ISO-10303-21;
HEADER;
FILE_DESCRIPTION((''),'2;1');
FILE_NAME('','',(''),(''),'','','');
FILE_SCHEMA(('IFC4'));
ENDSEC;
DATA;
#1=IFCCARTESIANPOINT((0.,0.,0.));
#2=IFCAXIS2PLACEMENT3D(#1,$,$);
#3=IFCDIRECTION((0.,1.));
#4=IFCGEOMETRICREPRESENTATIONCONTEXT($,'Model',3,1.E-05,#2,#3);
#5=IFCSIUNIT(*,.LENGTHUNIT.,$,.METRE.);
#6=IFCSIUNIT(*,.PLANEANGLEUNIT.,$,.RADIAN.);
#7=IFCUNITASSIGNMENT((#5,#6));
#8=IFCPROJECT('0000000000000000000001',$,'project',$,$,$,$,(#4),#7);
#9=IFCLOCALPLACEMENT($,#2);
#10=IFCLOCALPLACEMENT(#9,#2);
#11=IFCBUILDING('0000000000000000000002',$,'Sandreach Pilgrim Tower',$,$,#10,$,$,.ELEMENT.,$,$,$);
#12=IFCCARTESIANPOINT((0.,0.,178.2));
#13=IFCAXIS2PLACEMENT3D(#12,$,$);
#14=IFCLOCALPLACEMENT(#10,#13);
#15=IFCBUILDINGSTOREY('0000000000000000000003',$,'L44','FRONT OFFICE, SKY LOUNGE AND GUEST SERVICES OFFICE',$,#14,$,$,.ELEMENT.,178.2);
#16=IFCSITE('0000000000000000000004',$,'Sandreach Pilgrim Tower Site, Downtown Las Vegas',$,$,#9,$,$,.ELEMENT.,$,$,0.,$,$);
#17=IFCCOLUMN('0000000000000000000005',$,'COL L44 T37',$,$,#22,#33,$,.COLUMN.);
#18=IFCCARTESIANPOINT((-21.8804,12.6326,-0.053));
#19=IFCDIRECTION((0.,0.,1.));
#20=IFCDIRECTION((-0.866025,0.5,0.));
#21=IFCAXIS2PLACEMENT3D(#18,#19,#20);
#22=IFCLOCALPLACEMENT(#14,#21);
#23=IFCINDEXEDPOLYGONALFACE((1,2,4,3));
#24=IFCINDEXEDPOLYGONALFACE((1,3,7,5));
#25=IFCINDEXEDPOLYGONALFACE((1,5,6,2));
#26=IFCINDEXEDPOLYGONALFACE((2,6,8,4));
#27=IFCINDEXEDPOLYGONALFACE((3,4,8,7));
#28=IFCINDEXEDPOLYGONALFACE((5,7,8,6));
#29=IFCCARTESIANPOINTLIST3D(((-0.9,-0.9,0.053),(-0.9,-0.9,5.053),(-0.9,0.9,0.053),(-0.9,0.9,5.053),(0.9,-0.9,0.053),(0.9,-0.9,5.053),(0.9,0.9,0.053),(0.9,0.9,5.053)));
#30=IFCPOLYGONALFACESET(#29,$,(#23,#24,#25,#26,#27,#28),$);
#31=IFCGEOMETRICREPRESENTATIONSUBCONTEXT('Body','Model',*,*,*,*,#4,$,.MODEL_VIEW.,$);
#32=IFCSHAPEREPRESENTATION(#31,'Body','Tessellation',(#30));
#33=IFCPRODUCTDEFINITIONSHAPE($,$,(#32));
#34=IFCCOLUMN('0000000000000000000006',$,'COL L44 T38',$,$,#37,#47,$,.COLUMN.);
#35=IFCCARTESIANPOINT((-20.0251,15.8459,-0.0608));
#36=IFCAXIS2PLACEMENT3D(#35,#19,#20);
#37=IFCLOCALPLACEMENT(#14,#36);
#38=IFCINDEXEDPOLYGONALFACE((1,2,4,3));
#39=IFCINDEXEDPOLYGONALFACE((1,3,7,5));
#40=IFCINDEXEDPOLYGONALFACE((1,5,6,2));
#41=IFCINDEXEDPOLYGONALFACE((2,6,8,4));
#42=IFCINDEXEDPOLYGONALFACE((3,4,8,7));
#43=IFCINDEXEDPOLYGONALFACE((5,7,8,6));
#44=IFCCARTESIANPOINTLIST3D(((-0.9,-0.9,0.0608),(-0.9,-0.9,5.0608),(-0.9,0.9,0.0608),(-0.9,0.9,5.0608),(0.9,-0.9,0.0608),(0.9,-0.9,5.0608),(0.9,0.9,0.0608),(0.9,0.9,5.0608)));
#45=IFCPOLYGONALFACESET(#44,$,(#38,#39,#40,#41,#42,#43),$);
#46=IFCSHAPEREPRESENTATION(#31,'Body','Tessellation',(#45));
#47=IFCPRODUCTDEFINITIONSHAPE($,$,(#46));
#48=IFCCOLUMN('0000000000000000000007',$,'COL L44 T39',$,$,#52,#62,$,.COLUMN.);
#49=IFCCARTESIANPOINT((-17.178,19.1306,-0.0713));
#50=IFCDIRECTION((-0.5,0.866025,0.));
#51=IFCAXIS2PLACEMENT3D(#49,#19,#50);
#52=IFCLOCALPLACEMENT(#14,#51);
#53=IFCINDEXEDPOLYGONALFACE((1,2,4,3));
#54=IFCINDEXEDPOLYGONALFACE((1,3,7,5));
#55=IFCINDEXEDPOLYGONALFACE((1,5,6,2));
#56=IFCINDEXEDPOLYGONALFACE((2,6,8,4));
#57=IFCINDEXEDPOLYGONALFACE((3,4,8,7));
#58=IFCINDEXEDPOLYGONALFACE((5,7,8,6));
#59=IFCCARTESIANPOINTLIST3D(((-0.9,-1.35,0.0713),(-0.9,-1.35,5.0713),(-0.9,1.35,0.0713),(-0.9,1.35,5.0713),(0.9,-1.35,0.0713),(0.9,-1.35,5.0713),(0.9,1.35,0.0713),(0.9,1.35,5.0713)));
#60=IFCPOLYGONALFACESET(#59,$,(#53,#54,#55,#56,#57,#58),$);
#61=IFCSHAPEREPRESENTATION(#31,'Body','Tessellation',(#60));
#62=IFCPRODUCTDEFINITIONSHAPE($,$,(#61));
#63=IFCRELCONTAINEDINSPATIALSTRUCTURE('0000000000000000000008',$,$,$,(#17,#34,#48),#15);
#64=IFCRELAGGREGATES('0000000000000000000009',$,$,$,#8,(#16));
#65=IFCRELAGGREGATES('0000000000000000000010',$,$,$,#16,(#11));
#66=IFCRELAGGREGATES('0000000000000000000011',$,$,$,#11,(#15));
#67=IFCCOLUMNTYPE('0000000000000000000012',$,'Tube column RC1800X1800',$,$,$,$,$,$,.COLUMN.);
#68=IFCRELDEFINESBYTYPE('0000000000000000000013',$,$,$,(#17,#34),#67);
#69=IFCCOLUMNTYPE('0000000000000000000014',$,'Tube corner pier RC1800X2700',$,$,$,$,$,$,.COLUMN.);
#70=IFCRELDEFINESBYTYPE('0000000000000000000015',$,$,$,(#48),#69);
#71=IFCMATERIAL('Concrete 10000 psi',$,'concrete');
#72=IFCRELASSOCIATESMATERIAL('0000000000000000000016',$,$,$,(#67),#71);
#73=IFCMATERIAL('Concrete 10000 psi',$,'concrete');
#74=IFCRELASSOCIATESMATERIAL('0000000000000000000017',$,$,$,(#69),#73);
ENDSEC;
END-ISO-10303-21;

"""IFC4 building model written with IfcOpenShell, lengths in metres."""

from ifc_helpers import new_model, si_unit, direction, frame, origin, origin_2d, place, context, subcontext, project, spatial, rectangle, extrude, clip, halfspace, material, material_profile, profile_set, type_object, element, save


model = new_model("IFC4")

# Units and contexts
model_context = context("Model", 3, precision=1e-05, world=origin(), true_north=direction((0.0, 1.0)))
body_context = subcontext(model_context, "Body", "Model", "MODEL_VIEW")
ifc_project = project(units=[si_unit("LENGTHUNIT", "METRE"), si_unit("PLANEANGLEUNIT", "RADIAN")], contexts=[model_context])

# Site, building, storey
site_placement = place(None, origin())
site = spatial("IfcSite", under=ifc_project, at=site_placement, Name="Sandreach Pilgrim Tower Site, Downtown Las Vegas", CompositionType="ELEMENT", RefElevation=0.0)
building_placement = place(site_placement, origin())
building = spatial("IfcBuilding", under=site, at=building_placement, Name="Sandreach Pilgrim Tower", CompositionType="ELEMENT")
storey_placement = place(building_placement, frame((0.0, 0.0, 178.2)))
storey = spatial("IfcBuildingStorey", under=building, at=storey_placement, Name="L44", Description="FRONT OFFICE, SKY LOUNGE AND GUEST SERVICES OFFICE", CompositionType="ELEMENT", Elevation=178.2)

# Columns
ifc_material_1 = material(Name="Concrete 10000 psi", Category="concrete")
ifc_material_profile_1 = material_profile(ifc_material_1, rectangle(XDim=1.8, YDim=1.8, at=origin_2d()), Name="RC1800X1800")
ifc_profile_set_1 = profile_set([ifc_material_profile_1], Name="Concrete 10000 psi")
column_type_1 = type_object("IfcColumnType", Name="Tube column RC1800X1800", PredefinedType="COLUMN", material=ifc_profile_set_1)
column_1_placement = place(storey_placement, frame((-21.8804, 12.6326, -0.053), z_axis=(0.0, 0.0, 1.0), x_axis=(-0.866025, 0.5, 0.0)))
element("IfcColumn", 1, at=column_1_placement, inside=storey, type_object=column_type_1, Name="COL L44 T37", PredefinedType="COLUMN", context=body_context, shape_type="SweptSolid", body=[
    clip(extrude(rectangle(XDim=1.8, YDim=1.8, at=origin_2d()), origin(), (0.0, 0.0, 1.0), 5.053), halfspace(frame((0.0, 0.0, 0.053)), True)),
])
column_2_placement = place(storey_placement, frame((-20.0251, 15.8459, -0.0608), z_axis=(0.0, 0.0, 1.0), x_axis=(-0.866025, 0.5, 0.0)))
element("IfcColumn", 2, at=column_2_placement, inside=storey, type_object=column_type_1, Name="COL L44 T38", PredefinedType="COLUMN", context=body_context, shape_type="SweptSolid", body=[
    clip(extrude(rectangle(XDim=1.8, YDim=1.8, at=origin_2d()), origin(), (0.0, 0.0, 1.0), 5.0608), halfspace(frame((0.0, 0.0, 0.0608)), True)),
])
ifc_material_2 = material(Name="Concrete 10000 psi", Category="concrete")
ifc_material_profile_2 = material_profile(ifc_material_2, rectangle(XDim=1.8, YDim=2.7, at=origin_2d()), Name="RC1800X2700")
ifc_profile_set_2 = profile_set([ifc_material_profile_2], Name="Concrete 10000 psi")
column_type_2 = type_object("IfcColumnType", Name="Tube corner pier RC1800X2700", PredefinedType="COLUMN", material=ifc_profile_set_2)
column_3_placement = place(storey_placement, frame((-17.178, 19.1306, -0.0713), z_axis=(0.0, 0.0, 1.0), x_axis=(-0.5, 0.866025, 0.0)))
element("IfcColumn", 3, at=column_3_placement, inside=storey, type_object=column_type_2, Name="COL L44 T39", PredefinedType="COLUMN", context=body_context, shape_type="SweptSolid", body=[
    clip(extrude(rectangle(XDim=1.8, YDim=2.7, at=origin_2d()), origin(), (0.0, 0.0, 1.0), 5.0713), halfspace(frame((0.0, 0.0, 0.0713)), True)),
])

save(model, "model.ifc")
